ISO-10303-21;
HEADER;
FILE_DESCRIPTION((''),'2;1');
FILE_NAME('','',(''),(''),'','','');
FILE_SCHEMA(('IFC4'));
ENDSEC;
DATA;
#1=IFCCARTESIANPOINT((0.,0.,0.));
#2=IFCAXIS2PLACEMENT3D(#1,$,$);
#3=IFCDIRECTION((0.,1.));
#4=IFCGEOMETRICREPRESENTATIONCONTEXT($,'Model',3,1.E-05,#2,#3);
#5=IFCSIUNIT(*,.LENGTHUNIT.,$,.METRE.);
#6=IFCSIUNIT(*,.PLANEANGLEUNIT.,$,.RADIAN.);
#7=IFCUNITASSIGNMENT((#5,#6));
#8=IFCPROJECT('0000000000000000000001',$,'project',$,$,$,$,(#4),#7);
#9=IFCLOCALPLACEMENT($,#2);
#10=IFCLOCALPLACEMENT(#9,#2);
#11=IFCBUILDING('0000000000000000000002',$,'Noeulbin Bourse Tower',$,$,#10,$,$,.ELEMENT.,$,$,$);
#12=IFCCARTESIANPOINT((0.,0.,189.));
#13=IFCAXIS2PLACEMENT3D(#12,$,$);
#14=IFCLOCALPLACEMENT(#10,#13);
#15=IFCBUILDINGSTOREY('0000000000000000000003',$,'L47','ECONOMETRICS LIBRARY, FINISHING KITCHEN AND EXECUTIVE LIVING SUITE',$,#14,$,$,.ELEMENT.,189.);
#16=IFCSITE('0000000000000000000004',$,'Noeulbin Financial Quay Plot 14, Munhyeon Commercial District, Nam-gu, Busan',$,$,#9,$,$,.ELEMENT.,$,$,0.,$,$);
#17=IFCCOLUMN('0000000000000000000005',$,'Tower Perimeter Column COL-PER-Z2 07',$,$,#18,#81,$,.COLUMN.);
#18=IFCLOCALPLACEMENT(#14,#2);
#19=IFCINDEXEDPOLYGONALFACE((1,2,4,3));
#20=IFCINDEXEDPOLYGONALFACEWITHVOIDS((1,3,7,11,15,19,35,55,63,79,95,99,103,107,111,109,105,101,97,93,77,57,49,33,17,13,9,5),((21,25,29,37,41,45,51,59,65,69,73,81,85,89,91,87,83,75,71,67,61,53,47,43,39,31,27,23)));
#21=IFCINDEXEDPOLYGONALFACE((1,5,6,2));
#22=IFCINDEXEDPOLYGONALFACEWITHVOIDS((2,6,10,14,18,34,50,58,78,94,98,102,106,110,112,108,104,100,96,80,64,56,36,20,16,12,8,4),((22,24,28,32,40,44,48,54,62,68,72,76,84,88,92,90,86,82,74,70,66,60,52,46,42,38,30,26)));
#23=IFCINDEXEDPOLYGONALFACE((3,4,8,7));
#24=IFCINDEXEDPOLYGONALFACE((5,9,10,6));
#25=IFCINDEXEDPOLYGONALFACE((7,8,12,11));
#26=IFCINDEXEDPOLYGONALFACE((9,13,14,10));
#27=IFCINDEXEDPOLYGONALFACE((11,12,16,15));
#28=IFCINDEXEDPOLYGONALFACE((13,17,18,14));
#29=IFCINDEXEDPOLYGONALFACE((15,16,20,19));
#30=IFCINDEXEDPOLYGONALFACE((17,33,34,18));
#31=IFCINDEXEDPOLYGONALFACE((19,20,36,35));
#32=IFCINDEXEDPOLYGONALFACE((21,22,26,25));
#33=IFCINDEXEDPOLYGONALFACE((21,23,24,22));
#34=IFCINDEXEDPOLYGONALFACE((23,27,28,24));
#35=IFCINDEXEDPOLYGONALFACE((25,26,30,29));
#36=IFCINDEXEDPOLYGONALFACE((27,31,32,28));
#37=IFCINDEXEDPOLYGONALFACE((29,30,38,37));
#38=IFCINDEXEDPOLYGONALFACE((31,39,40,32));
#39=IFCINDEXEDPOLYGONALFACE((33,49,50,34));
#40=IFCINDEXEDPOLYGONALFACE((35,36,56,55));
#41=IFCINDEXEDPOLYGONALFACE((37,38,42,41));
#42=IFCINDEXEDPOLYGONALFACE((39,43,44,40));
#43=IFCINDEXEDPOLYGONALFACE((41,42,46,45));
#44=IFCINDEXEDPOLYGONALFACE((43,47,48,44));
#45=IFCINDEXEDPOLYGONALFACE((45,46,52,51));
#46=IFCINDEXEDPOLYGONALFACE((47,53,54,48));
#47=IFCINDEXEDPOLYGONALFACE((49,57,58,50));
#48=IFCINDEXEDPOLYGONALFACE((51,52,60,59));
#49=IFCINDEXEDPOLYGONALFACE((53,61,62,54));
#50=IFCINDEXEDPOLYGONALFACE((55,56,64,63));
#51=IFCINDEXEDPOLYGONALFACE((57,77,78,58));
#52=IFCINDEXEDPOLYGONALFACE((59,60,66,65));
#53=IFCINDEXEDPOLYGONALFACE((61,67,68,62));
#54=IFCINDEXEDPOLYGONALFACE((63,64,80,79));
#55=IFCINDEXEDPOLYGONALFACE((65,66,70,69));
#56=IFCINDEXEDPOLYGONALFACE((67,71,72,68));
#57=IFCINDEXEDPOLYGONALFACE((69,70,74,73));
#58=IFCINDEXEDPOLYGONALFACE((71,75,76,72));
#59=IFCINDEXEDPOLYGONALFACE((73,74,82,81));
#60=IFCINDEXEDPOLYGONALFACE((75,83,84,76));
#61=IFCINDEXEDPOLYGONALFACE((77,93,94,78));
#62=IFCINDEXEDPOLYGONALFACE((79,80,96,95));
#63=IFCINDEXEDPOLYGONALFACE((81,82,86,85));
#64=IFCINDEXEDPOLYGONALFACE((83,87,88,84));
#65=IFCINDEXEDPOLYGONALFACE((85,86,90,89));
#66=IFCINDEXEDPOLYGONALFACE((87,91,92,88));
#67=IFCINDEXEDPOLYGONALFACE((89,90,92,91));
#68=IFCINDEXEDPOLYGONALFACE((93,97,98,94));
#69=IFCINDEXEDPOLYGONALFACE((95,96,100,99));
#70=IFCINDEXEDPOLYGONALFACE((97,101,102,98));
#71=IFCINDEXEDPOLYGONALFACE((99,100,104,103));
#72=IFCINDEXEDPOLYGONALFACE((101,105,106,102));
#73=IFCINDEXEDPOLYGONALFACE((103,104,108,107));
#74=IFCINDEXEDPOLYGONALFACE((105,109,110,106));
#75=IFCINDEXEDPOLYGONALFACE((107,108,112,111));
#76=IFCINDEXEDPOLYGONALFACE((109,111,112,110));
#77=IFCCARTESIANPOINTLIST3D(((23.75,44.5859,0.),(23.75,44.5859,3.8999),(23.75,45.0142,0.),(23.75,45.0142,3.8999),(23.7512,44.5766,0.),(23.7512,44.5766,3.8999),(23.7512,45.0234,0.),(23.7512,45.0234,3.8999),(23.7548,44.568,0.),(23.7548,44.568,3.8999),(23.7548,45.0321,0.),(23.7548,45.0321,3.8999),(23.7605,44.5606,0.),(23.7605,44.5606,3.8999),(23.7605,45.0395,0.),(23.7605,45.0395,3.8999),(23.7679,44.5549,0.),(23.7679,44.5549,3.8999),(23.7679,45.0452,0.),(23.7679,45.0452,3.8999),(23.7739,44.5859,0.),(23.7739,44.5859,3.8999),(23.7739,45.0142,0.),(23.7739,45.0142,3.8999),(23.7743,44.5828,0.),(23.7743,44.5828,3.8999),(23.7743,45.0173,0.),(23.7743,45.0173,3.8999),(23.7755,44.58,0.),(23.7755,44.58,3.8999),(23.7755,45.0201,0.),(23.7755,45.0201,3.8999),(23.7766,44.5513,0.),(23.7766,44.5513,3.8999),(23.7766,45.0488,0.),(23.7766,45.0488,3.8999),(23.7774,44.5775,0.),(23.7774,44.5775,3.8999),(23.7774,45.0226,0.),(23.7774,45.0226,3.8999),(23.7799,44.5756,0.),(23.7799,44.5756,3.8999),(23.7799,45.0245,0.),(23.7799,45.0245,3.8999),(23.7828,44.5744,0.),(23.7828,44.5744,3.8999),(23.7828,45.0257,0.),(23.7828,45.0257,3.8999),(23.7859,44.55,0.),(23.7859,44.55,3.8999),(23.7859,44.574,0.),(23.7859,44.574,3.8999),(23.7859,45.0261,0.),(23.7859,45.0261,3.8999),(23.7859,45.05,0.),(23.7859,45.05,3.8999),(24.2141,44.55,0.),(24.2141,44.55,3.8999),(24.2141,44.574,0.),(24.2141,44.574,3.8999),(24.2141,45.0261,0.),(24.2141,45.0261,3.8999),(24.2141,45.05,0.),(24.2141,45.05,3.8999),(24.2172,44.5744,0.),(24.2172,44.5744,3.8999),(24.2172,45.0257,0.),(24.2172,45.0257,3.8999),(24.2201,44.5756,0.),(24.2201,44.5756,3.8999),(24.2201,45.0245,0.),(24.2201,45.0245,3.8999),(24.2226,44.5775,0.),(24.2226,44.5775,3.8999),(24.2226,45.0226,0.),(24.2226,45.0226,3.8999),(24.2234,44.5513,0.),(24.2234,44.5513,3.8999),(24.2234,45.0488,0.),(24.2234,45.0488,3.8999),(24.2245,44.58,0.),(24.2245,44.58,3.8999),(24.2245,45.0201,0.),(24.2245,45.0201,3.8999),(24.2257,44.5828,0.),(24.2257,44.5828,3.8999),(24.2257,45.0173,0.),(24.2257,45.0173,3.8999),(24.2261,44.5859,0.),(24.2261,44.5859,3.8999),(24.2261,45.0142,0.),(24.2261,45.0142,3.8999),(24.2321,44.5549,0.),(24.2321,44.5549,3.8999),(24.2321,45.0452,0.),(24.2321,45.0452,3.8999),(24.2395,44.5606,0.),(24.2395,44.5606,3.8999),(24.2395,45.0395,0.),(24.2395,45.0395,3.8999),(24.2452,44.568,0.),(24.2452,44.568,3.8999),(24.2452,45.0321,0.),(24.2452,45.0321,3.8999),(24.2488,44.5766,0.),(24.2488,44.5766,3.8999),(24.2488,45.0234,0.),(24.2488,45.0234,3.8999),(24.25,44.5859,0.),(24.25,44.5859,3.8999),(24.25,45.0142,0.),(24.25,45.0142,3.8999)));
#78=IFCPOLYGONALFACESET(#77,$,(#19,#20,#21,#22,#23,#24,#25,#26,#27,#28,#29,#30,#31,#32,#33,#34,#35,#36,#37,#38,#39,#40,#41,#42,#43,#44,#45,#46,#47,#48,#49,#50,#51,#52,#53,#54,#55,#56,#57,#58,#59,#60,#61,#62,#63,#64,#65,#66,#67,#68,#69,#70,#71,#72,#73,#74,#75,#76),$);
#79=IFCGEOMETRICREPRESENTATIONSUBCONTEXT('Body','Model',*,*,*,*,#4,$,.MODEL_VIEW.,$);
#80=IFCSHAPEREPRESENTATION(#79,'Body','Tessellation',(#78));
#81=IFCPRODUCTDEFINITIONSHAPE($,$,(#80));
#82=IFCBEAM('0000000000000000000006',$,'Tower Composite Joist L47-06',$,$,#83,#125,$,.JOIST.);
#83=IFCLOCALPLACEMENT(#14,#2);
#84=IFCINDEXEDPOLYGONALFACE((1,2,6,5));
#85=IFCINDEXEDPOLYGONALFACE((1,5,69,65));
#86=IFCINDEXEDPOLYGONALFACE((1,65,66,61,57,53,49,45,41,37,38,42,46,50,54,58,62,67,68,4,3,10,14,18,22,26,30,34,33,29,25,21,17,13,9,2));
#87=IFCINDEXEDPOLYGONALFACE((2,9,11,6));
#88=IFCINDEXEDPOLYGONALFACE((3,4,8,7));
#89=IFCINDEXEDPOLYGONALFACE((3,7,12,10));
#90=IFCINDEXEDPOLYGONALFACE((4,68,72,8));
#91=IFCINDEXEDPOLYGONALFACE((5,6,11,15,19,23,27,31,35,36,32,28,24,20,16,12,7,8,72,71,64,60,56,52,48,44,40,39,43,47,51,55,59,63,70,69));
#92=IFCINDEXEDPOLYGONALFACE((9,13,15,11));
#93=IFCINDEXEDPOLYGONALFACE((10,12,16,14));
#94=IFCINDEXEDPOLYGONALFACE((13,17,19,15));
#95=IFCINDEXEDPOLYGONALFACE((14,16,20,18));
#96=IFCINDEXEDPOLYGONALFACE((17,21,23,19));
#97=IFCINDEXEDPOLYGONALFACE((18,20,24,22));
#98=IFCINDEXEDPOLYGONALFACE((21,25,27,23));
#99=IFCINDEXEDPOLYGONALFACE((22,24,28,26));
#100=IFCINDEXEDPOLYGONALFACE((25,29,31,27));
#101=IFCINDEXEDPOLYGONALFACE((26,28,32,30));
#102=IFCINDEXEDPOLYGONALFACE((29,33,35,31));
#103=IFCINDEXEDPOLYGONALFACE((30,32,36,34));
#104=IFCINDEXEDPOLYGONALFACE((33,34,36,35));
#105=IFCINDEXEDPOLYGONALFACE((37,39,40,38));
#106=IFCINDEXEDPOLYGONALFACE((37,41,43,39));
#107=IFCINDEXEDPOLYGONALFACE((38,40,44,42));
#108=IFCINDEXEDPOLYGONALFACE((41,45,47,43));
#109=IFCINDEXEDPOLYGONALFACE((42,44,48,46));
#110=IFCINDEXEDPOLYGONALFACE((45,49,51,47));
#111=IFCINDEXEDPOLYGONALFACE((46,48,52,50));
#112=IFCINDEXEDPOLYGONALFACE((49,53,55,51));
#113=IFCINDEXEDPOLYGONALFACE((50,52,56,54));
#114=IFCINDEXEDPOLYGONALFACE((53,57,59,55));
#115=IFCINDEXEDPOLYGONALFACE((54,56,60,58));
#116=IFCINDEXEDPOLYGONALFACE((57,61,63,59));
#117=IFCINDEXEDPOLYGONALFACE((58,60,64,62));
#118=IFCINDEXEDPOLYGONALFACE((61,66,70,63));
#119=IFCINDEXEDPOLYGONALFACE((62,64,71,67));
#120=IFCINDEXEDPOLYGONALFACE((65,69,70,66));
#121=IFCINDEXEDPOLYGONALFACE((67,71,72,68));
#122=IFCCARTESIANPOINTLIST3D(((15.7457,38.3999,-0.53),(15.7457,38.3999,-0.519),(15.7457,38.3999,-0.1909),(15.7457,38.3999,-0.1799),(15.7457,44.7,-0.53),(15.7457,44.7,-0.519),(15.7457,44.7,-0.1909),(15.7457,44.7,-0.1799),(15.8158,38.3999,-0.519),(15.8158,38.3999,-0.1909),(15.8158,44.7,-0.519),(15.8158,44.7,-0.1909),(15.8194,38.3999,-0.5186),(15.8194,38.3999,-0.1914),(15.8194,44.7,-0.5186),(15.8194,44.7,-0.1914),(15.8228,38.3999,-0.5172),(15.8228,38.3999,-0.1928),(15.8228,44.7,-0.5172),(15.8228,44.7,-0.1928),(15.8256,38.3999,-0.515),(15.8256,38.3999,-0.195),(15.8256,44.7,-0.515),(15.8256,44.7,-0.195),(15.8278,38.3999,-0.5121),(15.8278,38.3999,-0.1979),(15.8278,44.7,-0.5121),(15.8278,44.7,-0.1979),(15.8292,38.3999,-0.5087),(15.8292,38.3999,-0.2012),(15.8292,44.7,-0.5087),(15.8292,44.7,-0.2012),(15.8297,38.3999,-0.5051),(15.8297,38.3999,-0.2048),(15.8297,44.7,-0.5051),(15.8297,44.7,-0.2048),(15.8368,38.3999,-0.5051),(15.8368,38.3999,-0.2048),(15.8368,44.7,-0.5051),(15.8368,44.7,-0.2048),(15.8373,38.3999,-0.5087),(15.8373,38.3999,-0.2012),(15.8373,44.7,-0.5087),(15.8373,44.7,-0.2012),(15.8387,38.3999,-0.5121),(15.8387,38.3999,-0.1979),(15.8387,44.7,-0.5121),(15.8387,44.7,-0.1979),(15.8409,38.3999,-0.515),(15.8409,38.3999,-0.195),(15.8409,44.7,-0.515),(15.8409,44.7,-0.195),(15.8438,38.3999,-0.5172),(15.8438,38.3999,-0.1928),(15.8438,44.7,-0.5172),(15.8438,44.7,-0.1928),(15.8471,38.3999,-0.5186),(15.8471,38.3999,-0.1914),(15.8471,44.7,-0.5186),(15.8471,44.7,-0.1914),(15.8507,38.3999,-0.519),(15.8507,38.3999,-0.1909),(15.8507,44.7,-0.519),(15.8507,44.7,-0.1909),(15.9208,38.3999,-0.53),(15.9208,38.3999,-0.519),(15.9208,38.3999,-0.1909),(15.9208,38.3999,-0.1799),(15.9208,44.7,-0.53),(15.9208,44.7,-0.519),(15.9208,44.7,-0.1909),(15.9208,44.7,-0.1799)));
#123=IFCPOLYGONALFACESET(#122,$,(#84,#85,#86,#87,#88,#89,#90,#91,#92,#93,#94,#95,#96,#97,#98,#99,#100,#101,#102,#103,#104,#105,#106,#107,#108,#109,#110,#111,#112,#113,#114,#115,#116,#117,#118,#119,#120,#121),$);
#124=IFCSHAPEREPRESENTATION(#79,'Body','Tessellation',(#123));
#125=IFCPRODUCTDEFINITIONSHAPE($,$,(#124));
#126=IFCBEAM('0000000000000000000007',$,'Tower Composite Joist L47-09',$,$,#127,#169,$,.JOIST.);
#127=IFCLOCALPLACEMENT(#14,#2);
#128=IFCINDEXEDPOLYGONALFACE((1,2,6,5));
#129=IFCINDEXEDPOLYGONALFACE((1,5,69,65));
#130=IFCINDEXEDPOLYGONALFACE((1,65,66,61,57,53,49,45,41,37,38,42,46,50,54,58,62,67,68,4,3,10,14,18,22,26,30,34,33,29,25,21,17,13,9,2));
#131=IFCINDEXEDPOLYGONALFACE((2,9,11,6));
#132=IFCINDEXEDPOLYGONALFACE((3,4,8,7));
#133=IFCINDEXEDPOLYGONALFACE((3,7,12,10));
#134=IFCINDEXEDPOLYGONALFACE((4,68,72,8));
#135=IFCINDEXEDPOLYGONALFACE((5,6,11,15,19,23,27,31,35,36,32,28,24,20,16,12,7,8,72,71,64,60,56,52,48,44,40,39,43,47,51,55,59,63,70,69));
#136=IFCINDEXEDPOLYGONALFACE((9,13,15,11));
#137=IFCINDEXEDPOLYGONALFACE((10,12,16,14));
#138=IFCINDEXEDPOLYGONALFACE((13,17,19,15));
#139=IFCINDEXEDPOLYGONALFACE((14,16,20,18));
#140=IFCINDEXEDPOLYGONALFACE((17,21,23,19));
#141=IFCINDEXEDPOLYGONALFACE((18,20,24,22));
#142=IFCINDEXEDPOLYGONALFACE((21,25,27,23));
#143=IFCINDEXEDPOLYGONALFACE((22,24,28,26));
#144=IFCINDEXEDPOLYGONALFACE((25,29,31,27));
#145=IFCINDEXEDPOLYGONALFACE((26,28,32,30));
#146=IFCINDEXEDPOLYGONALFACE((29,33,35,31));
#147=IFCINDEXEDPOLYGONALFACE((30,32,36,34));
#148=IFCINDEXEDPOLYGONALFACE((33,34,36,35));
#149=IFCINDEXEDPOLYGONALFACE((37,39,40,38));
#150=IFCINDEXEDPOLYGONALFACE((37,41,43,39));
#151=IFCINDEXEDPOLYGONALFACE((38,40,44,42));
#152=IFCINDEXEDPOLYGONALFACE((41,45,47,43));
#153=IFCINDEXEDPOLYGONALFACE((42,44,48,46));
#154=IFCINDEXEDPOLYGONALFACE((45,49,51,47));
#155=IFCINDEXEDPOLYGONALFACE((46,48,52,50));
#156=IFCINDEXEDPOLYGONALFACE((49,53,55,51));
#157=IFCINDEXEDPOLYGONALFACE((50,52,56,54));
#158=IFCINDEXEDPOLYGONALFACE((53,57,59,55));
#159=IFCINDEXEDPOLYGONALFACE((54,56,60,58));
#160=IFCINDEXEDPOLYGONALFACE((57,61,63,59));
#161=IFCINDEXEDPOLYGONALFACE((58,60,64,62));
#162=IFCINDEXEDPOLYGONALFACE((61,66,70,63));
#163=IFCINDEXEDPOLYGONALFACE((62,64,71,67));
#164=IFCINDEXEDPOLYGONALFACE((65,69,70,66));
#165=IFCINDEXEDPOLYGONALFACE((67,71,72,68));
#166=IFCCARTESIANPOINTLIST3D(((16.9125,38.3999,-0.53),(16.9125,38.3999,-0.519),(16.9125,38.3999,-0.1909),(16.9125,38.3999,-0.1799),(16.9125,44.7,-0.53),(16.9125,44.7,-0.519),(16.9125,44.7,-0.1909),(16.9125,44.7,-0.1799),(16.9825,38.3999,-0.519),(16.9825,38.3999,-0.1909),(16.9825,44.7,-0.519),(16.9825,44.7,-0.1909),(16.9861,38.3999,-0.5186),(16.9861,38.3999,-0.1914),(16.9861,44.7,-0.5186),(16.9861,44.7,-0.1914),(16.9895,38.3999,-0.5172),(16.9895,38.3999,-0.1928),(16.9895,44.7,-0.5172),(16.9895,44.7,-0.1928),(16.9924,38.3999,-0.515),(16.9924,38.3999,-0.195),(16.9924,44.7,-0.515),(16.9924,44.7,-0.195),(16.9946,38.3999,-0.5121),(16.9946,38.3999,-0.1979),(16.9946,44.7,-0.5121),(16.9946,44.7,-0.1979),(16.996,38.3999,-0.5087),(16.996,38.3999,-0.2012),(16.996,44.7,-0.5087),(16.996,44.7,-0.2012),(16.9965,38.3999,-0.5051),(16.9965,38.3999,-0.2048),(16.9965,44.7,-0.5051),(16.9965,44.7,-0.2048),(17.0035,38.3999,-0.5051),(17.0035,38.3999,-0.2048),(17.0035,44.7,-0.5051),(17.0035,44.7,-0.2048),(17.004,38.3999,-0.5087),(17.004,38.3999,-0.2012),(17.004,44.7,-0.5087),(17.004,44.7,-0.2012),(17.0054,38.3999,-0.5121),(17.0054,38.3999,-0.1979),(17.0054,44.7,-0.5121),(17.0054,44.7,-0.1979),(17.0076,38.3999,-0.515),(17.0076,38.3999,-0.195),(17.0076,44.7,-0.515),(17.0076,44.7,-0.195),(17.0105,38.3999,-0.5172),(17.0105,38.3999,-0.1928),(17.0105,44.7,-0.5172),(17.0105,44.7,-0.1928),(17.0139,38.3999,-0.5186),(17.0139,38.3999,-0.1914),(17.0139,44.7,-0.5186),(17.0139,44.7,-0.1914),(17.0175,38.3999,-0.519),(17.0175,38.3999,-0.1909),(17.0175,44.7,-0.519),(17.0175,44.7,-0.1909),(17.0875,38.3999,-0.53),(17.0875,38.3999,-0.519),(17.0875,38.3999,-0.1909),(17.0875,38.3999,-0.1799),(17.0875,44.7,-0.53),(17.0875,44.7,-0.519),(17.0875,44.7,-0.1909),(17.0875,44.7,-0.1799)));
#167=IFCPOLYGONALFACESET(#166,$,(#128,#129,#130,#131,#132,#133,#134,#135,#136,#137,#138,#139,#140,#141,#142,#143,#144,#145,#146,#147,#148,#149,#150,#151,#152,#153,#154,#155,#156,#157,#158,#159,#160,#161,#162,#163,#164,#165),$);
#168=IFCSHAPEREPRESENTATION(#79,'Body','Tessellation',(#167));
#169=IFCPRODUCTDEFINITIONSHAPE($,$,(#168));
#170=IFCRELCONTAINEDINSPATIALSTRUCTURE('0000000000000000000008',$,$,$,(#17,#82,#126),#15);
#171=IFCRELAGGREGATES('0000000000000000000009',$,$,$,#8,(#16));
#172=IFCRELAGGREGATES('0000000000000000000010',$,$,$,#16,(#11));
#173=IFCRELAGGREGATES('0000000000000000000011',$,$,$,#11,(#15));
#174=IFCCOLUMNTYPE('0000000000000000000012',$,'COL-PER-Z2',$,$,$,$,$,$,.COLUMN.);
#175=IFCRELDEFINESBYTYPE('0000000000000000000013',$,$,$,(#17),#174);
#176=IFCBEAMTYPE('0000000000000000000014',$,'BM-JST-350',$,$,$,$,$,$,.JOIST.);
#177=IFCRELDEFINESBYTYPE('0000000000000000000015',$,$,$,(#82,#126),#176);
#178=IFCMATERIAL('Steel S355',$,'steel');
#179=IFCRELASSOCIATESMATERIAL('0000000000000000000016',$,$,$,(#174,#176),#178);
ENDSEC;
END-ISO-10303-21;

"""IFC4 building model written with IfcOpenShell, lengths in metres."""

from ifc_helpers import new_model, si_unit, direction, frame, origin, origin_2d, place, context, subcontext, project, spatial, hollow_rectangle, i_section, extrude, material, material_profile, profile_set, type_object, element, save


model = new_model("IFC4")

# Units and contexts
model_context = context("Model", 3, precision=1e-05, world=origin(), true_north=direction((0.0, 1.0)))
body_context = subcontext(model_context, "Body", "Model", "MODEL_VIEW")
ifc_project = project(units=[si_unit("LENGTHUNIT", "METRE"), si_unit("PLANEANGLEUNIT", "RADIAN")], contexts=[model_context])

# Site, building, storey
site_placement = place(None, origin())
site = spatial("IfcSite", under=ifc_project, at=site_placement, Name="Noeulbin Financial Quay Plot 14, Munhyeon Commercial District, Nam-gu, Busan", CompositionType="ELEMENT", RefElevation=0.0)
building_placement = place(site_placement, origin())
building = spatial("IfcBuilding", under=site, at=building_placement, Name="Noeulbin Bourse Tower", CompositionType="ELEMENT")
storey_placement = place(building_placement, frame((0.0, 0.0, 189.0)))
storey = spatial("IfcBuildingStorey", under=building, at=storey_placement, Name="L47", Description="ECONOMETRICS LIBRARY, FINISHING KITCHEN AND EXECUTIVE LIVING SUITE", CompositionType="ELEMENT", Elevation=189.0)

# Column
ifc_material_1 = material(Name="Steel S355", Category="steel")
ifc_material_profile_1 = material_profile(ifc_material_1, hollow_rectangle(XDim=0.5, YDim=0.5, WallThickness=0.0239, InnerFilletRadius=0.012, OuterFilletRadius=0.0359, at=origin_2d()), Name="BOX-500x500x24", Category="LoadBearing")
ifc_profile_set_1 = profile_set([ifc_material_profile_1], Name="Steel S355")
column_type = type_object("IfcColumnType", Name="COL-PER-Z2", PredefinedType="COLUMN", material=ifc_profile_set_1)
column_placement = place(storey_placement, frame((24.0, 44.8, 0.0), z_axis=(0.0, 0.0, 1.0), x_axis=(1.0, 0.0, 0.0)))
element("IfcColumn", 1, at=column_placement, inside=storey, type_object=column_type, Name="Tower Perimeter Column COL-PER-Z2 07", PredefinedType="COLUMN", context=body_context, shape_type="SweptSolid", body=[
    extrude(hollow_rectangle(XDim=0.5, YDim=0.5, WallThickness=0.0239, InnerFilletRadius=0.012, OuterFilletRadius=0.0359, at=origin_2d()), origin(), (0.0, 0.0, 1.0), 3.8999),
])

# Beams
ifc_material_profile_2 = material_profile(ifc_material_1, i_section(OverallWidth=0.175, OverallDepth=0.3501, WebThickness=0.0071, FlangeThickness=0.011, FilletRadius=0.0139, at=origin_2d()), Name="H-350x175x7x11", Category="LoadBearing")
ifc_profile_set_2 = profile_set([ifc_material_profile_2], Name="Steel S355")
beam_type_1 = type_object("IfcBeamType", Name="BM-JST-350", PredefinedType="JOIST", material=ifc_profile_set_2)
for number, where, z_axis, x_axis, name in (
    (2, (15.8333, 38.3999, -0.355), (0.0, 1.0, 0.0), (-1.0, 0.0, 0.0), "Tower Composite Joist L47-06"),
    (3, (17.0, 38.3999, -0.355), (0.0, 1.0, 0.0), (-1.0, 0.0, 0.0), "Tower Composite Joist L47-09"),
):
    element("IfcBeam", number, at=place(storey_placement, frame(where, z_axis=z_axis, x_axis=x_axis)), inside=storey, type_object=beam_type_1, Name=name, PredefinedType="JOIST", context=body_context, shape_type="SweptSolid", body=[
        extrude(i_section(OverallWidth=0.175, OverallDepth=0.3501, WebThickness=0.0071, FlangeThickness=0.011, FilletRadius=0.0139, at=origin_2d()), origin(), (0.0, 0.0, 1.0), 6.3),
    ])

save(model, "model.ifc")
